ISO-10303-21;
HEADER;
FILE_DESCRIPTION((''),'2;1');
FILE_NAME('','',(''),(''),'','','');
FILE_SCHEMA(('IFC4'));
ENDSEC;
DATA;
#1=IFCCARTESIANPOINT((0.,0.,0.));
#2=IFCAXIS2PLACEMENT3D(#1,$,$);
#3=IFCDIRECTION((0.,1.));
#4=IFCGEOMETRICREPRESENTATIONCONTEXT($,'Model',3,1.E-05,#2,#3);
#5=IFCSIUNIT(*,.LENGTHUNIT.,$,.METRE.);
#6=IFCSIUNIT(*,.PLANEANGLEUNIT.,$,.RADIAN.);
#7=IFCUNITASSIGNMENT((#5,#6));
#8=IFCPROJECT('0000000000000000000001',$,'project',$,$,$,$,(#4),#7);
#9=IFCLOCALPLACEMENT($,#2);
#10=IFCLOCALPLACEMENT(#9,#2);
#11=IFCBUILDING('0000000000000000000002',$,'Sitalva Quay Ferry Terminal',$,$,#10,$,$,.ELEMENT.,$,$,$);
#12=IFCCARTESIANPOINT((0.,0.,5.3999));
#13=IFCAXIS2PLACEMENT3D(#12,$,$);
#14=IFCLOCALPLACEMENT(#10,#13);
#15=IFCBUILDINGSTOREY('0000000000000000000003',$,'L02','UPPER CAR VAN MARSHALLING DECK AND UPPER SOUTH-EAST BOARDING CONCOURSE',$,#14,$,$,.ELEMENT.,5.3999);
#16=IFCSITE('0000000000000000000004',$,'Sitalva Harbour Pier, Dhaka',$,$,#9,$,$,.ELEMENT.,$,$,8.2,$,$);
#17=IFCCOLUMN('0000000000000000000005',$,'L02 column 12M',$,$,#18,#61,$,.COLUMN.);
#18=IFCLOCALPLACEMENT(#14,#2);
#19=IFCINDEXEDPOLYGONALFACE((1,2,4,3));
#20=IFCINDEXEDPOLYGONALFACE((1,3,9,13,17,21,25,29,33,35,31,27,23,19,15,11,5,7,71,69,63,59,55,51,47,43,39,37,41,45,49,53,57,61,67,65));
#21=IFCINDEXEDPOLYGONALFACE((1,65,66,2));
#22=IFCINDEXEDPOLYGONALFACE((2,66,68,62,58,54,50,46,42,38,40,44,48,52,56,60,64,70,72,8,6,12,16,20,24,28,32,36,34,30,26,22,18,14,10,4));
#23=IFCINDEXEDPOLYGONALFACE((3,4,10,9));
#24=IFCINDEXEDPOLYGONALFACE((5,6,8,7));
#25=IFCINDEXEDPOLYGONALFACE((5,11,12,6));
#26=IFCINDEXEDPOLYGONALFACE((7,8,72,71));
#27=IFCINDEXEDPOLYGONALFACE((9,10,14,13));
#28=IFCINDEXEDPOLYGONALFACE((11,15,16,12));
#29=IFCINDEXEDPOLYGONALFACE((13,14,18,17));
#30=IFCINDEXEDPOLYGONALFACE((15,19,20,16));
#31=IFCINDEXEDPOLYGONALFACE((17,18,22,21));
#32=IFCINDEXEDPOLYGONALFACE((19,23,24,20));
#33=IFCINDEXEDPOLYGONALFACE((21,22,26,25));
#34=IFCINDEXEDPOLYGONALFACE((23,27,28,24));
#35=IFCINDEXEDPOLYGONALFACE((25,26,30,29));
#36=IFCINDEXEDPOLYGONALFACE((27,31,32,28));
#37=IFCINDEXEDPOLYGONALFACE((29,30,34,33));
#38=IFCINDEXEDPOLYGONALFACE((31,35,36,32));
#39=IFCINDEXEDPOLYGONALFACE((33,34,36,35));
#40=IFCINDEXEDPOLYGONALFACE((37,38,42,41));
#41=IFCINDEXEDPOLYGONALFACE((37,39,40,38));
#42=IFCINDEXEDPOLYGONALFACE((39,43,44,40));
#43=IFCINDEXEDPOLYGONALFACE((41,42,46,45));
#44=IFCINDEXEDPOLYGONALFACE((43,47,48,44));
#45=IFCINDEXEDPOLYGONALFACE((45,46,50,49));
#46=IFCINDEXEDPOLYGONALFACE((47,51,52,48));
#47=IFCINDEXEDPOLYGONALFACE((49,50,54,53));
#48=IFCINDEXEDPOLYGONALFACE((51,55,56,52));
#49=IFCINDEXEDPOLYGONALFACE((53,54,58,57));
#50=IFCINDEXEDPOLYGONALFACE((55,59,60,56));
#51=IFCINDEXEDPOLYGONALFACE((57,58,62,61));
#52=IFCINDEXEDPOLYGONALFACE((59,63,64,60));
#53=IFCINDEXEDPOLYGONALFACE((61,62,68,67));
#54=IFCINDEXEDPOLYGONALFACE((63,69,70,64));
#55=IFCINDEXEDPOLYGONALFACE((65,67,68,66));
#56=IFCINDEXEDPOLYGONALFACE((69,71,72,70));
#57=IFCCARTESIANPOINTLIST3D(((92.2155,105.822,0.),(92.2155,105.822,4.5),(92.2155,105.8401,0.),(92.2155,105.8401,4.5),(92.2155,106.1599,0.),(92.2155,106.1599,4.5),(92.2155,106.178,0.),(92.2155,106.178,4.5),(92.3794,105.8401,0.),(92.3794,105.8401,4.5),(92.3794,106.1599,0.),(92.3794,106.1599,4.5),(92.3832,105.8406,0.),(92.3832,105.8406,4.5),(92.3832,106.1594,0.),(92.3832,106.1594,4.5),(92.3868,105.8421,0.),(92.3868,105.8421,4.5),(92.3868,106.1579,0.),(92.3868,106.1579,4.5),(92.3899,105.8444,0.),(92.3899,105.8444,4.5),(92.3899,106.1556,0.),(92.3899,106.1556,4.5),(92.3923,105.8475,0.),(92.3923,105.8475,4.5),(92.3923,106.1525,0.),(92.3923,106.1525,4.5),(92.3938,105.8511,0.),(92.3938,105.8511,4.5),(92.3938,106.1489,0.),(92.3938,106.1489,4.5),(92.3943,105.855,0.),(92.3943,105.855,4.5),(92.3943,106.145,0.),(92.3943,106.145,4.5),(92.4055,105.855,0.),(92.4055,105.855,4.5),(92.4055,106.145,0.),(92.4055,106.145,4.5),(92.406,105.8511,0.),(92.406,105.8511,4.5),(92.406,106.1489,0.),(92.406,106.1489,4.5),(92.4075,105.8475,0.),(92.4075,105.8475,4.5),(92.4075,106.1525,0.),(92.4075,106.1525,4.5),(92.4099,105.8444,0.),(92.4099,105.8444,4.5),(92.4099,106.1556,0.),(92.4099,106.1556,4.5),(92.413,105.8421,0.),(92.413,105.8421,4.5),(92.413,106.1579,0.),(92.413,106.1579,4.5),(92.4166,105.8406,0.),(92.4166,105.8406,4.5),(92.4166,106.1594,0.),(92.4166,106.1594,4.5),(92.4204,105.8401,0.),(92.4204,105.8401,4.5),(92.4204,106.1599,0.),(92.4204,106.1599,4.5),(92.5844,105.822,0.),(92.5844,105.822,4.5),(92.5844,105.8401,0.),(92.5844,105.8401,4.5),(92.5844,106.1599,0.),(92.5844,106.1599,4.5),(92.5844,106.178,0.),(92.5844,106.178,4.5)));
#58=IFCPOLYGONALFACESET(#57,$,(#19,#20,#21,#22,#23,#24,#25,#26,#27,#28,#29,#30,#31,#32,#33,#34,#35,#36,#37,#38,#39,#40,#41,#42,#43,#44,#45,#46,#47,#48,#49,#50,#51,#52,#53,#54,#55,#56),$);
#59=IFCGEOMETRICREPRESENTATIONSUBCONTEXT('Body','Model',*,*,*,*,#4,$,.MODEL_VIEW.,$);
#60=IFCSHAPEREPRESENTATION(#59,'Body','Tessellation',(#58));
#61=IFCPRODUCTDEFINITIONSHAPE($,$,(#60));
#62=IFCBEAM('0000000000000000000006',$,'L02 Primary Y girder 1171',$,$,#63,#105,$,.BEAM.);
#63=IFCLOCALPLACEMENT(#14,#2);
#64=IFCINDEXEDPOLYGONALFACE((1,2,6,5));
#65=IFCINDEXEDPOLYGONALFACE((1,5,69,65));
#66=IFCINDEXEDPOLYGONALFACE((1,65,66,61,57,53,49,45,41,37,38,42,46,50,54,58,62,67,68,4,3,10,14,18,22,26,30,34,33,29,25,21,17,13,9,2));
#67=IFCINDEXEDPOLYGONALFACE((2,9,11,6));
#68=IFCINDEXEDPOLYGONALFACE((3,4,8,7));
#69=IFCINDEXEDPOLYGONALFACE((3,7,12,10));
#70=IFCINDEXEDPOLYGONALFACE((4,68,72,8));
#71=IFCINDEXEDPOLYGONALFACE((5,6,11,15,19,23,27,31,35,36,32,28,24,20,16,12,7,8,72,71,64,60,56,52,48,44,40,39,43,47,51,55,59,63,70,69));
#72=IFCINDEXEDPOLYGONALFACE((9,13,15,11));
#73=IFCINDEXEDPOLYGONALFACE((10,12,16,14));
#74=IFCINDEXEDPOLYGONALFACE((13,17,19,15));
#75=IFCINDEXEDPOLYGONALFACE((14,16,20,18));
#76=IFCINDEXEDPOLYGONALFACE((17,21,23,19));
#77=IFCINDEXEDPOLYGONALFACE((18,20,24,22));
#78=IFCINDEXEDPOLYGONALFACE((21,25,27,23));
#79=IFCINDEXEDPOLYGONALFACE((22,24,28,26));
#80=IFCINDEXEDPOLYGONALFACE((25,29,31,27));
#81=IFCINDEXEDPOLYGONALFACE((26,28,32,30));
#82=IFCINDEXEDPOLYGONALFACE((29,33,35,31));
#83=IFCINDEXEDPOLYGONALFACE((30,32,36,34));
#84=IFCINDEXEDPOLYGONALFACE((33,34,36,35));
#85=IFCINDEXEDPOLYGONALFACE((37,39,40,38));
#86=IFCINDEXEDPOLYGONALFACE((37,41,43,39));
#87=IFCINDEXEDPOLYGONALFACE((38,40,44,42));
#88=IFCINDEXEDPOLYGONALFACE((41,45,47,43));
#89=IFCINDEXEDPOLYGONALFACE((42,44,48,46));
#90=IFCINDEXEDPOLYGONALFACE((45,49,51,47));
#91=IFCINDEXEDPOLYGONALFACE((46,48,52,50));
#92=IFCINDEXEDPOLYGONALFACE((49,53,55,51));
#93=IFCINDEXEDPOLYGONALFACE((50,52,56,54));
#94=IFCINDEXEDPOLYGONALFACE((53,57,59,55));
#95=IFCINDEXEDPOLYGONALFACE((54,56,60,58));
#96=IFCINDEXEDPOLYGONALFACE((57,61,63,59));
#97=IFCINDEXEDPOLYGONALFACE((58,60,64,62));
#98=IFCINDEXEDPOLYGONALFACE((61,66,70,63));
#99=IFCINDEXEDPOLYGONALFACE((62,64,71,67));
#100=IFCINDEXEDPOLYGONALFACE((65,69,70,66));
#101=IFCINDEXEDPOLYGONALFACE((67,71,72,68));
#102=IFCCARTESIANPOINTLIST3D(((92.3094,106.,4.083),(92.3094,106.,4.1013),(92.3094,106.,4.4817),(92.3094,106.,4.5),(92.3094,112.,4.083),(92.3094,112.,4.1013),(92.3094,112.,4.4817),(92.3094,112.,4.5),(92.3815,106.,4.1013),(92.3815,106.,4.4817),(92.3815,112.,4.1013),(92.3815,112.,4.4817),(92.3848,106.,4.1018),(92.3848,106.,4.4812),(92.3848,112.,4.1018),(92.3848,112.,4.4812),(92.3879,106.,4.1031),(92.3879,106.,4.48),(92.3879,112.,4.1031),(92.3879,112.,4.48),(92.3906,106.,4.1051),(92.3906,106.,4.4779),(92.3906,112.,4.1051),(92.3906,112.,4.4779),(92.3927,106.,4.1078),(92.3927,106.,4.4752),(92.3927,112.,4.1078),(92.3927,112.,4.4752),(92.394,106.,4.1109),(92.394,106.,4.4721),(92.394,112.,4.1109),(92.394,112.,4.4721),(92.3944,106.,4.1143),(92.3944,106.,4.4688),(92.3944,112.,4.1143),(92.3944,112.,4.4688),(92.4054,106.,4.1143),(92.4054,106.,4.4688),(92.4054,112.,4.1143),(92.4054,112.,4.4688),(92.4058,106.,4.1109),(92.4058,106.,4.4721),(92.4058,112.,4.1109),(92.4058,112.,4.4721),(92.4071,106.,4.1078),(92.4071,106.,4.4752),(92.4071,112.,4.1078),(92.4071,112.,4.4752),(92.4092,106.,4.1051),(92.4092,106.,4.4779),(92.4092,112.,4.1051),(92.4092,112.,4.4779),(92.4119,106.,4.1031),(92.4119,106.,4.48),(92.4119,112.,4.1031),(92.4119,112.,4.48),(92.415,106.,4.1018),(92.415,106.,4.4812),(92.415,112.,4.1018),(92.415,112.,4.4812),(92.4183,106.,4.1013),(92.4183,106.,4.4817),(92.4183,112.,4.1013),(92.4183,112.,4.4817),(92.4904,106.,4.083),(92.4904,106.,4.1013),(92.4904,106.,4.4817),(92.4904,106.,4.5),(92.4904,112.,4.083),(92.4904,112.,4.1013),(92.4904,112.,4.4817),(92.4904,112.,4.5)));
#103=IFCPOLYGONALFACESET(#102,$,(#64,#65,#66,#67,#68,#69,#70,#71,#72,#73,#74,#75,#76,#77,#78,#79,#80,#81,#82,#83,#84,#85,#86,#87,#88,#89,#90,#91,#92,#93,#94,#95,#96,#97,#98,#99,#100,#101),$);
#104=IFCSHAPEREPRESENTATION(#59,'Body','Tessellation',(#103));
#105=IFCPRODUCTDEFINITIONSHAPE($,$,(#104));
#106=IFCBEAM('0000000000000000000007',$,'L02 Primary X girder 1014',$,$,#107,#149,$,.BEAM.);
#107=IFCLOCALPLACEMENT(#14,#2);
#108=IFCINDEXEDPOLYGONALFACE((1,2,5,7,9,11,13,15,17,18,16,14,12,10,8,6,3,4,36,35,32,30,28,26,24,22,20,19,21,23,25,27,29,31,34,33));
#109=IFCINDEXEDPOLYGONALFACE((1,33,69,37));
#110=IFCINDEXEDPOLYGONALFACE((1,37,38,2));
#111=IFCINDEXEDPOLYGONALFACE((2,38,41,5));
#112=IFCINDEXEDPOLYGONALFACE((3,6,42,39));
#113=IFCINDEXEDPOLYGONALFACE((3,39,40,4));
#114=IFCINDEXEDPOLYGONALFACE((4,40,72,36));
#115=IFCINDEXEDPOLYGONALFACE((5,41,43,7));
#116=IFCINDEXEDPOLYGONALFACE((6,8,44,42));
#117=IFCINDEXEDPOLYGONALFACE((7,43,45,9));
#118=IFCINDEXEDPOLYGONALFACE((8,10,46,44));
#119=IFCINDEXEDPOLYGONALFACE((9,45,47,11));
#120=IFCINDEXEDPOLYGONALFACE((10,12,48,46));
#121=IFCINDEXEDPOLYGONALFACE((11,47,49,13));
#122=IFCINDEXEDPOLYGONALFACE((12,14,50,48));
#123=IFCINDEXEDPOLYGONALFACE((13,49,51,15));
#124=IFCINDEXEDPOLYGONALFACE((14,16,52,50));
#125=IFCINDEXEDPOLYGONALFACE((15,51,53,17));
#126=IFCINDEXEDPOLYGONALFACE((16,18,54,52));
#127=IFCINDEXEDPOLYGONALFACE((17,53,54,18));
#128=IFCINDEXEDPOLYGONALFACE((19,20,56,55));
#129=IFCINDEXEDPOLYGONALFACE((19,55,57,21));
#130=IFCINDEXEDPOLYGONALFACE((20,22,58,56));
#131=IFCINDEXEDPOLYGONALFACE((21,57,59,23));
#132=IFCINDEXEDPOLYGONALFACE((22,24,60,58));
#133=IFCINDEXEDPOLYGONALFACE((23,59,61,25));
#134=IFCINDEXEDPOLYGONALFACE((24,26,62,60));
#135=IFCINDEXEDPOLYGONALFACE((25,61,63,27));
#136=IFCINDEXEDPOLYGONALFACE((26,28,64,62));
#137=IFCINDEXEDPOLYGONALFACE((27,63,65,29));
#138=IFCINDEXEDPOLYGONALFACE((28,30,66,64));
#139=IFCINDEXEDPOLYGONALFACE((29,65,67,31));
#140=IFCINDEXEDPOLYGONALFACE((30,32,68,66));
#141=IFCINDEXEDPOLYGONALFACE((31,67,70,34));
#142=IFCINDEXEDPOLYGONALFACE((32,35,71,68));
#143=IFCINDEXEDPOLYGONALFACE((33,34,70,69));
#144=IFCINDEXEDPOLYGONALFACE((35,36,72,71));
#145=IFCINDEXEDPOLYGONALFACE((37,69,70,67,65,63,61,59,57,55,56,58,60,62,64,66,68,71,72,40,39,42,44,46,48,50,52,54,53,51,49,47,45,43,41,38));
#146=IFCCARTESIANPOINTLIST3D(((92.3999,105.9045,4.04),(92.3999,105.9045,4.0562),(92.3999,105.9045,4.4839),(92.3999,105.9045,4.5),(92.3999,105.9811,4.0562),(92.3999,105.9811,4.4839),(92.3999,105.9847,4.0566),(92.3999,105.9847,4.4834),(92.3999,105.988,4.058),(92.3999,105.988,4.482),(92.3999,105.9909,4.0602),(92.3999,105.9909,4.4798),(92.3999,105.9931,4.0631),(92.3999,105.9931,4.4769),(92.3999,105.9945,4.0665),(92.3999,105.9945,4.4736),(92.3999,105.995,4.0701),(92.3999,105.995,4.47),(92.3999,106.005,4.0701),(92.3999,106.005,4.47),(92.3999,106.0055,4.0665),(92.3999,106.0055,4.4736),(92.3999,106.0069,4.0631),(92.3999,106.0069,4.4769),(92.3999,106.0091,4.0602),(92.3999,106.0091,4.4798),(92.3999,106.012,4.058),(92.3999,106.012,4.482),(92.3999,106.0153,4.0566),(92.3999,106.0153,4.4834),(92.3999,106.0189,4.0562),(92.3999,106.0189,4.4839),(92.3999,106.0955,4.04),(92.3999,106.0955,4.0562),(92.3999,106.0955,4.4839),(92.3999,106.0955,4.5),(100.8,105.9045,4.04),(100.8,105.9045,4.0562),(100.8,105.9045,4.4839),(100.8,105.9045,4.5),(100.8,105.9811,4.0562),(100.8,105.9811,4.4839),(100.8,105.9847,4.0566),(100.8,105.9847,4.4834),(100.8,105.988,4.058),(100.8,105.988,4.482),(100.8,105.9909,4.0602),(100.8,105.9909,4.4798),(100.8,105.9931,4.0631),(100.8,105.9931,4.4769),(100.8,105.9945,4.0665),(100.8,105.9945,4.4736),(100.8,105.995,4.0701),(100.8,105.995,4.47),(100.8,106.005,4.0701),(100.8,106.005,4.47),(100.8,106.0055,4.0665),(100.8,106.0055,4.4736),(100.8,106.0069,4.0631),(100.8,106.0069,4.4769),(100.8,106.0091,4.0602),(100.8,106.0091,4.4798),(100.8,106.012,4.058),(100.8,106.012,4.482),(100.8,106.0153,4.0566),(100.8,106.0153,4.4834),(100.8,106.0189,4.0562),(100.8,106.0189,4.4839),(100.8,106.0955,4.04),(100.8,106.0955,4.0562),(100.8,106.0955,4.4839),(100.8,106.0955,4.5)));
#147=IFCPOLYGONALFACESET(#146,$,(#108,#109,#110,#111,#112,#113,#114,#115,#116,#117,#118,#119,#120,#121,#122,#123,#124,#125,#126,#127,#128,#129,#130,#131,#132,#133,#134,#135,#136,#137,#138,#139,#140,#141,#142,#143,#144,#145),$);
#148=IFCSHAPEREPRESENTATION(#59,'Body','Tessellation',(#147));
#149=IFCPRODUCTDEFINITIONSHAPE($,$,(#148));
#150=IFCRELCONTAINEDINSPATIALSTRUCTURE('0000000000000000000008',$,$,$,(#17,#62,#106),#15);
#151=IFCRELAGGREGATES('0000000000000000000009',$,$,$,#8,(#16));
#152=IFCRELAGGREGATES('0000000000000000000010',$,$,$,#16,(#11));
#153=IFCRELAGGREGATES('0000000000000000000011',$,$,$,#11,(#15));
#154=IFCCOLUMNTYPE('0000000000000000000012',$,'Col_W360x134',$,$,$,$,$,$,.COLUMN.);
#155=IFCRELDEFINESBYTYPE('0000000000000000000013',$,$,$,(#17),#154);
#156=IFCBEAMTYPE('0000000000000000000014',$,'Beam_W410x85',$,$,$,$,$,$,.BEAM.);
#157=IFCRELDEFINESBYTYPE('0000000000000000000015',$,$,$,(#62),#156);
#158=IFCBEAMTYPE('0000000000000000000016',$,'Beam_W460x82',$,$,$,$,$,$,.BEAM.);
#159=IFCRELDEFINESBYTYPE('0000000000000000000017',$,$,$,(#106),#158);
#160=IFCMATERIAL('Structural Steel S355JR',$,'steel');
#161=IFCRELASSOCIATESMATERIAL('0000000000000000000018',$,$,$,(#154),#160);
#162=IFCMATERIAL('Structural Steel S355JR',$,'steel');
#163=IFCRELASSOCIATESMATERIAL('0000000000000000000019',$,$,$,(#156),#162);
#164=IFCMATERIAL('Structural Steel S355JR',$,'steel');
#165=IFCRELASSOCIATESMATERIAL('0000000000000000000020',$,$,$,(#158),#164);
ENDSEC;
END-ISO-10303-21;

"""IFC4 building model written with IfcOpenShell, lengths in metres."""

from ifc_helpers import new_model, si_unit, direction, frame, origin, origin_2d, place, context, subcontext, project, spatial, i_section, extrude, material, material_profile, profile_set, type_object, element, save


model = new_model("IFC4")

# Units and contexts
model_context = context("Model", 3, precision=1e-05, world=origin(), true_north=direction((0.0, 1.0)))
body_context = subcontext(model_context, "Body", "Model", "MODEL_VIEW")
ifc_project = project(units=[si_unit("LENGTHUNIT", "METRE"), si_unit("PLANEANGLEUNIT", "RADIAN")], contexts=[model_context])

# Site, building, storey
site_placement = place(None, origin())
site = spatial("IfcSite", under=ifc_project, at=site_placement, Name="Sitalva Harbour Pier, Dhaka", CompositionType="ELEMENT", RefElevation=8.2)
building_placement = place(site_placement, origin())
building = spatial("IfcBuilding", under=site, at=building_placement, Name="Sitalva Quay Ferry Terminal", CompositionType="ELEMENT")
storey_placement = place(building_placement, frame((0.0, 0.0, 5.3999)))
storey = spatial("IfcBuildingStorey", under=building, at=storey_placement, Name="L02", Description="UPPER CAR VAN MARSHALLING DECK AND UPPER SOUTH-EAST BOARDING CONCOURSE", CompositionType="ELEMENT", Elevation=5.3999)

# Column
ifc_material_1 = material(Name="Structural Steel S355JR", Category="steel")
ifc_material_profile_1 = material_profile(ifc_material_1, i_section(OverallWidth=0.3689, OverallDepth=0.356, WebThickness=0.0112, FlangeThickness=0.0181, FilletRadius=0.0149, at=origin_2d()), Name="W360x134")
ifc_profile_set_1 = profile_set([ifc_material_profile_1], Name="Structural Steel S355JR")
column_type = type_object("IfcColumnType", Name="Col_W360x134", PredefinedType="COLUMN", material=ifc_profile_set_1)
column_placement = place(storey_placement, frame((92.3999, 106.0, 0.0), z_axis=(0.0, 0.0, 1.0), x_axis=(1.0, 0.0, 0.0)))
element("IfcColumn", 1, at=column_placement, inside=storey, type_object=column_type, Name="L02 column 12M", PredefinedType="COLUMN", context=body_context, shape_type="SweptSolid", body=[
    extrude(i_section(OverallWidth=0.3689, OverallDepth=0.356, WebThickness=0.0112, FlangeThickness=0.0181, FilletRadius=0.0149, at=origin_2d()), origin(), (0.0, 0.0, 1.0), 4.5),
])

# Beams
ifc_material_2 = material(Name="Structural Steel S355JR", Category="steel")
ifc_material_profile_2 = material_profile(ifc_material_2, i_section(OverallWidth=0.1809, OverallDepth=0.417, WebThickness=0.011, FlangeThickness=0.0183, FilletRadius=0.0129, at=origin_2d()), Name="W410x85")
ifc_profile_set_2 = profile_set([ifc_material_profile_2], Name="Structural Steel S355JR")
beam_type_1 = type_object("IfcBeamType", Name="Beam_W410x85", PredefinedType="BEAM", material=ifc_profile_set_2)
beam_1_placement = place(storey_placement, frame((92.3999, 106.0, 4.2915), z_axis=(0.0, 1.0, 0.0), x_axis=(-1.0, 0.0, 0.0)))
element("IfcBeam", 2, at=beam_1_placement, inside=storey, type_object=beam_type_1, Name="L02 Primary Y girder 1171", PredefinedType="BEAM", context=body_context, shape_type="SweptSolid", body=[
    extrude(i_section(OverallWidth=0.1809, OverallDepth=0.417, WebThickness=0.011, FlangeThickness=0.0183, FilletRadius=0.0129, at=origin_2d()), origin(), (0.0, 0.0, 1.0), 6.0),
])
ifc_material_3 = material(Name="Structural Steel S355JR", Category="steel")
ifc_material_profile_3 = material_profile(ifc_material_3, i_section(OverallWidth=0.1909, OverallDepth=0.46, WebThickness=0.01, FlangeThickness=0.0161, FilletRadius=0.0139, at=origin_2d()), Name="W460x82")
ifc_profile_set_3 = profile_set([ifc_material_profile_3], Name="Structural Steel S355JR")
beam_type_2 = type_object("IfcBeamType", Name="Beam_W460x82", PredefinedType="BEAM", material=ifc_profile_set_3)
beam_2_placement = place(storey_placement, frame((92.3999, 106.0, 4.27), z_axis=(1.0, 0.0, 0.0), x_axis=(0.0, 1.0, 0.0)))
element("IfcBeam", 3, at=beam_2_placement, inside=storey, type_object=beam_type_2, Name="L02 Primary X girder 1014", PredefinedType="BEAM", context=body_context, shape_type="SweptSolid", body=[
    extrude(i_section(OverallWidth=0.1909, OverallDepth=0.46, WebThickness=0.01, FlangeThickness=0.0161, FilletRadius=0.0139, at=origin_2d()), origin(), (0.0, 0.0, 1.0), 8.4001),
])

save(model, "model.ifc")
